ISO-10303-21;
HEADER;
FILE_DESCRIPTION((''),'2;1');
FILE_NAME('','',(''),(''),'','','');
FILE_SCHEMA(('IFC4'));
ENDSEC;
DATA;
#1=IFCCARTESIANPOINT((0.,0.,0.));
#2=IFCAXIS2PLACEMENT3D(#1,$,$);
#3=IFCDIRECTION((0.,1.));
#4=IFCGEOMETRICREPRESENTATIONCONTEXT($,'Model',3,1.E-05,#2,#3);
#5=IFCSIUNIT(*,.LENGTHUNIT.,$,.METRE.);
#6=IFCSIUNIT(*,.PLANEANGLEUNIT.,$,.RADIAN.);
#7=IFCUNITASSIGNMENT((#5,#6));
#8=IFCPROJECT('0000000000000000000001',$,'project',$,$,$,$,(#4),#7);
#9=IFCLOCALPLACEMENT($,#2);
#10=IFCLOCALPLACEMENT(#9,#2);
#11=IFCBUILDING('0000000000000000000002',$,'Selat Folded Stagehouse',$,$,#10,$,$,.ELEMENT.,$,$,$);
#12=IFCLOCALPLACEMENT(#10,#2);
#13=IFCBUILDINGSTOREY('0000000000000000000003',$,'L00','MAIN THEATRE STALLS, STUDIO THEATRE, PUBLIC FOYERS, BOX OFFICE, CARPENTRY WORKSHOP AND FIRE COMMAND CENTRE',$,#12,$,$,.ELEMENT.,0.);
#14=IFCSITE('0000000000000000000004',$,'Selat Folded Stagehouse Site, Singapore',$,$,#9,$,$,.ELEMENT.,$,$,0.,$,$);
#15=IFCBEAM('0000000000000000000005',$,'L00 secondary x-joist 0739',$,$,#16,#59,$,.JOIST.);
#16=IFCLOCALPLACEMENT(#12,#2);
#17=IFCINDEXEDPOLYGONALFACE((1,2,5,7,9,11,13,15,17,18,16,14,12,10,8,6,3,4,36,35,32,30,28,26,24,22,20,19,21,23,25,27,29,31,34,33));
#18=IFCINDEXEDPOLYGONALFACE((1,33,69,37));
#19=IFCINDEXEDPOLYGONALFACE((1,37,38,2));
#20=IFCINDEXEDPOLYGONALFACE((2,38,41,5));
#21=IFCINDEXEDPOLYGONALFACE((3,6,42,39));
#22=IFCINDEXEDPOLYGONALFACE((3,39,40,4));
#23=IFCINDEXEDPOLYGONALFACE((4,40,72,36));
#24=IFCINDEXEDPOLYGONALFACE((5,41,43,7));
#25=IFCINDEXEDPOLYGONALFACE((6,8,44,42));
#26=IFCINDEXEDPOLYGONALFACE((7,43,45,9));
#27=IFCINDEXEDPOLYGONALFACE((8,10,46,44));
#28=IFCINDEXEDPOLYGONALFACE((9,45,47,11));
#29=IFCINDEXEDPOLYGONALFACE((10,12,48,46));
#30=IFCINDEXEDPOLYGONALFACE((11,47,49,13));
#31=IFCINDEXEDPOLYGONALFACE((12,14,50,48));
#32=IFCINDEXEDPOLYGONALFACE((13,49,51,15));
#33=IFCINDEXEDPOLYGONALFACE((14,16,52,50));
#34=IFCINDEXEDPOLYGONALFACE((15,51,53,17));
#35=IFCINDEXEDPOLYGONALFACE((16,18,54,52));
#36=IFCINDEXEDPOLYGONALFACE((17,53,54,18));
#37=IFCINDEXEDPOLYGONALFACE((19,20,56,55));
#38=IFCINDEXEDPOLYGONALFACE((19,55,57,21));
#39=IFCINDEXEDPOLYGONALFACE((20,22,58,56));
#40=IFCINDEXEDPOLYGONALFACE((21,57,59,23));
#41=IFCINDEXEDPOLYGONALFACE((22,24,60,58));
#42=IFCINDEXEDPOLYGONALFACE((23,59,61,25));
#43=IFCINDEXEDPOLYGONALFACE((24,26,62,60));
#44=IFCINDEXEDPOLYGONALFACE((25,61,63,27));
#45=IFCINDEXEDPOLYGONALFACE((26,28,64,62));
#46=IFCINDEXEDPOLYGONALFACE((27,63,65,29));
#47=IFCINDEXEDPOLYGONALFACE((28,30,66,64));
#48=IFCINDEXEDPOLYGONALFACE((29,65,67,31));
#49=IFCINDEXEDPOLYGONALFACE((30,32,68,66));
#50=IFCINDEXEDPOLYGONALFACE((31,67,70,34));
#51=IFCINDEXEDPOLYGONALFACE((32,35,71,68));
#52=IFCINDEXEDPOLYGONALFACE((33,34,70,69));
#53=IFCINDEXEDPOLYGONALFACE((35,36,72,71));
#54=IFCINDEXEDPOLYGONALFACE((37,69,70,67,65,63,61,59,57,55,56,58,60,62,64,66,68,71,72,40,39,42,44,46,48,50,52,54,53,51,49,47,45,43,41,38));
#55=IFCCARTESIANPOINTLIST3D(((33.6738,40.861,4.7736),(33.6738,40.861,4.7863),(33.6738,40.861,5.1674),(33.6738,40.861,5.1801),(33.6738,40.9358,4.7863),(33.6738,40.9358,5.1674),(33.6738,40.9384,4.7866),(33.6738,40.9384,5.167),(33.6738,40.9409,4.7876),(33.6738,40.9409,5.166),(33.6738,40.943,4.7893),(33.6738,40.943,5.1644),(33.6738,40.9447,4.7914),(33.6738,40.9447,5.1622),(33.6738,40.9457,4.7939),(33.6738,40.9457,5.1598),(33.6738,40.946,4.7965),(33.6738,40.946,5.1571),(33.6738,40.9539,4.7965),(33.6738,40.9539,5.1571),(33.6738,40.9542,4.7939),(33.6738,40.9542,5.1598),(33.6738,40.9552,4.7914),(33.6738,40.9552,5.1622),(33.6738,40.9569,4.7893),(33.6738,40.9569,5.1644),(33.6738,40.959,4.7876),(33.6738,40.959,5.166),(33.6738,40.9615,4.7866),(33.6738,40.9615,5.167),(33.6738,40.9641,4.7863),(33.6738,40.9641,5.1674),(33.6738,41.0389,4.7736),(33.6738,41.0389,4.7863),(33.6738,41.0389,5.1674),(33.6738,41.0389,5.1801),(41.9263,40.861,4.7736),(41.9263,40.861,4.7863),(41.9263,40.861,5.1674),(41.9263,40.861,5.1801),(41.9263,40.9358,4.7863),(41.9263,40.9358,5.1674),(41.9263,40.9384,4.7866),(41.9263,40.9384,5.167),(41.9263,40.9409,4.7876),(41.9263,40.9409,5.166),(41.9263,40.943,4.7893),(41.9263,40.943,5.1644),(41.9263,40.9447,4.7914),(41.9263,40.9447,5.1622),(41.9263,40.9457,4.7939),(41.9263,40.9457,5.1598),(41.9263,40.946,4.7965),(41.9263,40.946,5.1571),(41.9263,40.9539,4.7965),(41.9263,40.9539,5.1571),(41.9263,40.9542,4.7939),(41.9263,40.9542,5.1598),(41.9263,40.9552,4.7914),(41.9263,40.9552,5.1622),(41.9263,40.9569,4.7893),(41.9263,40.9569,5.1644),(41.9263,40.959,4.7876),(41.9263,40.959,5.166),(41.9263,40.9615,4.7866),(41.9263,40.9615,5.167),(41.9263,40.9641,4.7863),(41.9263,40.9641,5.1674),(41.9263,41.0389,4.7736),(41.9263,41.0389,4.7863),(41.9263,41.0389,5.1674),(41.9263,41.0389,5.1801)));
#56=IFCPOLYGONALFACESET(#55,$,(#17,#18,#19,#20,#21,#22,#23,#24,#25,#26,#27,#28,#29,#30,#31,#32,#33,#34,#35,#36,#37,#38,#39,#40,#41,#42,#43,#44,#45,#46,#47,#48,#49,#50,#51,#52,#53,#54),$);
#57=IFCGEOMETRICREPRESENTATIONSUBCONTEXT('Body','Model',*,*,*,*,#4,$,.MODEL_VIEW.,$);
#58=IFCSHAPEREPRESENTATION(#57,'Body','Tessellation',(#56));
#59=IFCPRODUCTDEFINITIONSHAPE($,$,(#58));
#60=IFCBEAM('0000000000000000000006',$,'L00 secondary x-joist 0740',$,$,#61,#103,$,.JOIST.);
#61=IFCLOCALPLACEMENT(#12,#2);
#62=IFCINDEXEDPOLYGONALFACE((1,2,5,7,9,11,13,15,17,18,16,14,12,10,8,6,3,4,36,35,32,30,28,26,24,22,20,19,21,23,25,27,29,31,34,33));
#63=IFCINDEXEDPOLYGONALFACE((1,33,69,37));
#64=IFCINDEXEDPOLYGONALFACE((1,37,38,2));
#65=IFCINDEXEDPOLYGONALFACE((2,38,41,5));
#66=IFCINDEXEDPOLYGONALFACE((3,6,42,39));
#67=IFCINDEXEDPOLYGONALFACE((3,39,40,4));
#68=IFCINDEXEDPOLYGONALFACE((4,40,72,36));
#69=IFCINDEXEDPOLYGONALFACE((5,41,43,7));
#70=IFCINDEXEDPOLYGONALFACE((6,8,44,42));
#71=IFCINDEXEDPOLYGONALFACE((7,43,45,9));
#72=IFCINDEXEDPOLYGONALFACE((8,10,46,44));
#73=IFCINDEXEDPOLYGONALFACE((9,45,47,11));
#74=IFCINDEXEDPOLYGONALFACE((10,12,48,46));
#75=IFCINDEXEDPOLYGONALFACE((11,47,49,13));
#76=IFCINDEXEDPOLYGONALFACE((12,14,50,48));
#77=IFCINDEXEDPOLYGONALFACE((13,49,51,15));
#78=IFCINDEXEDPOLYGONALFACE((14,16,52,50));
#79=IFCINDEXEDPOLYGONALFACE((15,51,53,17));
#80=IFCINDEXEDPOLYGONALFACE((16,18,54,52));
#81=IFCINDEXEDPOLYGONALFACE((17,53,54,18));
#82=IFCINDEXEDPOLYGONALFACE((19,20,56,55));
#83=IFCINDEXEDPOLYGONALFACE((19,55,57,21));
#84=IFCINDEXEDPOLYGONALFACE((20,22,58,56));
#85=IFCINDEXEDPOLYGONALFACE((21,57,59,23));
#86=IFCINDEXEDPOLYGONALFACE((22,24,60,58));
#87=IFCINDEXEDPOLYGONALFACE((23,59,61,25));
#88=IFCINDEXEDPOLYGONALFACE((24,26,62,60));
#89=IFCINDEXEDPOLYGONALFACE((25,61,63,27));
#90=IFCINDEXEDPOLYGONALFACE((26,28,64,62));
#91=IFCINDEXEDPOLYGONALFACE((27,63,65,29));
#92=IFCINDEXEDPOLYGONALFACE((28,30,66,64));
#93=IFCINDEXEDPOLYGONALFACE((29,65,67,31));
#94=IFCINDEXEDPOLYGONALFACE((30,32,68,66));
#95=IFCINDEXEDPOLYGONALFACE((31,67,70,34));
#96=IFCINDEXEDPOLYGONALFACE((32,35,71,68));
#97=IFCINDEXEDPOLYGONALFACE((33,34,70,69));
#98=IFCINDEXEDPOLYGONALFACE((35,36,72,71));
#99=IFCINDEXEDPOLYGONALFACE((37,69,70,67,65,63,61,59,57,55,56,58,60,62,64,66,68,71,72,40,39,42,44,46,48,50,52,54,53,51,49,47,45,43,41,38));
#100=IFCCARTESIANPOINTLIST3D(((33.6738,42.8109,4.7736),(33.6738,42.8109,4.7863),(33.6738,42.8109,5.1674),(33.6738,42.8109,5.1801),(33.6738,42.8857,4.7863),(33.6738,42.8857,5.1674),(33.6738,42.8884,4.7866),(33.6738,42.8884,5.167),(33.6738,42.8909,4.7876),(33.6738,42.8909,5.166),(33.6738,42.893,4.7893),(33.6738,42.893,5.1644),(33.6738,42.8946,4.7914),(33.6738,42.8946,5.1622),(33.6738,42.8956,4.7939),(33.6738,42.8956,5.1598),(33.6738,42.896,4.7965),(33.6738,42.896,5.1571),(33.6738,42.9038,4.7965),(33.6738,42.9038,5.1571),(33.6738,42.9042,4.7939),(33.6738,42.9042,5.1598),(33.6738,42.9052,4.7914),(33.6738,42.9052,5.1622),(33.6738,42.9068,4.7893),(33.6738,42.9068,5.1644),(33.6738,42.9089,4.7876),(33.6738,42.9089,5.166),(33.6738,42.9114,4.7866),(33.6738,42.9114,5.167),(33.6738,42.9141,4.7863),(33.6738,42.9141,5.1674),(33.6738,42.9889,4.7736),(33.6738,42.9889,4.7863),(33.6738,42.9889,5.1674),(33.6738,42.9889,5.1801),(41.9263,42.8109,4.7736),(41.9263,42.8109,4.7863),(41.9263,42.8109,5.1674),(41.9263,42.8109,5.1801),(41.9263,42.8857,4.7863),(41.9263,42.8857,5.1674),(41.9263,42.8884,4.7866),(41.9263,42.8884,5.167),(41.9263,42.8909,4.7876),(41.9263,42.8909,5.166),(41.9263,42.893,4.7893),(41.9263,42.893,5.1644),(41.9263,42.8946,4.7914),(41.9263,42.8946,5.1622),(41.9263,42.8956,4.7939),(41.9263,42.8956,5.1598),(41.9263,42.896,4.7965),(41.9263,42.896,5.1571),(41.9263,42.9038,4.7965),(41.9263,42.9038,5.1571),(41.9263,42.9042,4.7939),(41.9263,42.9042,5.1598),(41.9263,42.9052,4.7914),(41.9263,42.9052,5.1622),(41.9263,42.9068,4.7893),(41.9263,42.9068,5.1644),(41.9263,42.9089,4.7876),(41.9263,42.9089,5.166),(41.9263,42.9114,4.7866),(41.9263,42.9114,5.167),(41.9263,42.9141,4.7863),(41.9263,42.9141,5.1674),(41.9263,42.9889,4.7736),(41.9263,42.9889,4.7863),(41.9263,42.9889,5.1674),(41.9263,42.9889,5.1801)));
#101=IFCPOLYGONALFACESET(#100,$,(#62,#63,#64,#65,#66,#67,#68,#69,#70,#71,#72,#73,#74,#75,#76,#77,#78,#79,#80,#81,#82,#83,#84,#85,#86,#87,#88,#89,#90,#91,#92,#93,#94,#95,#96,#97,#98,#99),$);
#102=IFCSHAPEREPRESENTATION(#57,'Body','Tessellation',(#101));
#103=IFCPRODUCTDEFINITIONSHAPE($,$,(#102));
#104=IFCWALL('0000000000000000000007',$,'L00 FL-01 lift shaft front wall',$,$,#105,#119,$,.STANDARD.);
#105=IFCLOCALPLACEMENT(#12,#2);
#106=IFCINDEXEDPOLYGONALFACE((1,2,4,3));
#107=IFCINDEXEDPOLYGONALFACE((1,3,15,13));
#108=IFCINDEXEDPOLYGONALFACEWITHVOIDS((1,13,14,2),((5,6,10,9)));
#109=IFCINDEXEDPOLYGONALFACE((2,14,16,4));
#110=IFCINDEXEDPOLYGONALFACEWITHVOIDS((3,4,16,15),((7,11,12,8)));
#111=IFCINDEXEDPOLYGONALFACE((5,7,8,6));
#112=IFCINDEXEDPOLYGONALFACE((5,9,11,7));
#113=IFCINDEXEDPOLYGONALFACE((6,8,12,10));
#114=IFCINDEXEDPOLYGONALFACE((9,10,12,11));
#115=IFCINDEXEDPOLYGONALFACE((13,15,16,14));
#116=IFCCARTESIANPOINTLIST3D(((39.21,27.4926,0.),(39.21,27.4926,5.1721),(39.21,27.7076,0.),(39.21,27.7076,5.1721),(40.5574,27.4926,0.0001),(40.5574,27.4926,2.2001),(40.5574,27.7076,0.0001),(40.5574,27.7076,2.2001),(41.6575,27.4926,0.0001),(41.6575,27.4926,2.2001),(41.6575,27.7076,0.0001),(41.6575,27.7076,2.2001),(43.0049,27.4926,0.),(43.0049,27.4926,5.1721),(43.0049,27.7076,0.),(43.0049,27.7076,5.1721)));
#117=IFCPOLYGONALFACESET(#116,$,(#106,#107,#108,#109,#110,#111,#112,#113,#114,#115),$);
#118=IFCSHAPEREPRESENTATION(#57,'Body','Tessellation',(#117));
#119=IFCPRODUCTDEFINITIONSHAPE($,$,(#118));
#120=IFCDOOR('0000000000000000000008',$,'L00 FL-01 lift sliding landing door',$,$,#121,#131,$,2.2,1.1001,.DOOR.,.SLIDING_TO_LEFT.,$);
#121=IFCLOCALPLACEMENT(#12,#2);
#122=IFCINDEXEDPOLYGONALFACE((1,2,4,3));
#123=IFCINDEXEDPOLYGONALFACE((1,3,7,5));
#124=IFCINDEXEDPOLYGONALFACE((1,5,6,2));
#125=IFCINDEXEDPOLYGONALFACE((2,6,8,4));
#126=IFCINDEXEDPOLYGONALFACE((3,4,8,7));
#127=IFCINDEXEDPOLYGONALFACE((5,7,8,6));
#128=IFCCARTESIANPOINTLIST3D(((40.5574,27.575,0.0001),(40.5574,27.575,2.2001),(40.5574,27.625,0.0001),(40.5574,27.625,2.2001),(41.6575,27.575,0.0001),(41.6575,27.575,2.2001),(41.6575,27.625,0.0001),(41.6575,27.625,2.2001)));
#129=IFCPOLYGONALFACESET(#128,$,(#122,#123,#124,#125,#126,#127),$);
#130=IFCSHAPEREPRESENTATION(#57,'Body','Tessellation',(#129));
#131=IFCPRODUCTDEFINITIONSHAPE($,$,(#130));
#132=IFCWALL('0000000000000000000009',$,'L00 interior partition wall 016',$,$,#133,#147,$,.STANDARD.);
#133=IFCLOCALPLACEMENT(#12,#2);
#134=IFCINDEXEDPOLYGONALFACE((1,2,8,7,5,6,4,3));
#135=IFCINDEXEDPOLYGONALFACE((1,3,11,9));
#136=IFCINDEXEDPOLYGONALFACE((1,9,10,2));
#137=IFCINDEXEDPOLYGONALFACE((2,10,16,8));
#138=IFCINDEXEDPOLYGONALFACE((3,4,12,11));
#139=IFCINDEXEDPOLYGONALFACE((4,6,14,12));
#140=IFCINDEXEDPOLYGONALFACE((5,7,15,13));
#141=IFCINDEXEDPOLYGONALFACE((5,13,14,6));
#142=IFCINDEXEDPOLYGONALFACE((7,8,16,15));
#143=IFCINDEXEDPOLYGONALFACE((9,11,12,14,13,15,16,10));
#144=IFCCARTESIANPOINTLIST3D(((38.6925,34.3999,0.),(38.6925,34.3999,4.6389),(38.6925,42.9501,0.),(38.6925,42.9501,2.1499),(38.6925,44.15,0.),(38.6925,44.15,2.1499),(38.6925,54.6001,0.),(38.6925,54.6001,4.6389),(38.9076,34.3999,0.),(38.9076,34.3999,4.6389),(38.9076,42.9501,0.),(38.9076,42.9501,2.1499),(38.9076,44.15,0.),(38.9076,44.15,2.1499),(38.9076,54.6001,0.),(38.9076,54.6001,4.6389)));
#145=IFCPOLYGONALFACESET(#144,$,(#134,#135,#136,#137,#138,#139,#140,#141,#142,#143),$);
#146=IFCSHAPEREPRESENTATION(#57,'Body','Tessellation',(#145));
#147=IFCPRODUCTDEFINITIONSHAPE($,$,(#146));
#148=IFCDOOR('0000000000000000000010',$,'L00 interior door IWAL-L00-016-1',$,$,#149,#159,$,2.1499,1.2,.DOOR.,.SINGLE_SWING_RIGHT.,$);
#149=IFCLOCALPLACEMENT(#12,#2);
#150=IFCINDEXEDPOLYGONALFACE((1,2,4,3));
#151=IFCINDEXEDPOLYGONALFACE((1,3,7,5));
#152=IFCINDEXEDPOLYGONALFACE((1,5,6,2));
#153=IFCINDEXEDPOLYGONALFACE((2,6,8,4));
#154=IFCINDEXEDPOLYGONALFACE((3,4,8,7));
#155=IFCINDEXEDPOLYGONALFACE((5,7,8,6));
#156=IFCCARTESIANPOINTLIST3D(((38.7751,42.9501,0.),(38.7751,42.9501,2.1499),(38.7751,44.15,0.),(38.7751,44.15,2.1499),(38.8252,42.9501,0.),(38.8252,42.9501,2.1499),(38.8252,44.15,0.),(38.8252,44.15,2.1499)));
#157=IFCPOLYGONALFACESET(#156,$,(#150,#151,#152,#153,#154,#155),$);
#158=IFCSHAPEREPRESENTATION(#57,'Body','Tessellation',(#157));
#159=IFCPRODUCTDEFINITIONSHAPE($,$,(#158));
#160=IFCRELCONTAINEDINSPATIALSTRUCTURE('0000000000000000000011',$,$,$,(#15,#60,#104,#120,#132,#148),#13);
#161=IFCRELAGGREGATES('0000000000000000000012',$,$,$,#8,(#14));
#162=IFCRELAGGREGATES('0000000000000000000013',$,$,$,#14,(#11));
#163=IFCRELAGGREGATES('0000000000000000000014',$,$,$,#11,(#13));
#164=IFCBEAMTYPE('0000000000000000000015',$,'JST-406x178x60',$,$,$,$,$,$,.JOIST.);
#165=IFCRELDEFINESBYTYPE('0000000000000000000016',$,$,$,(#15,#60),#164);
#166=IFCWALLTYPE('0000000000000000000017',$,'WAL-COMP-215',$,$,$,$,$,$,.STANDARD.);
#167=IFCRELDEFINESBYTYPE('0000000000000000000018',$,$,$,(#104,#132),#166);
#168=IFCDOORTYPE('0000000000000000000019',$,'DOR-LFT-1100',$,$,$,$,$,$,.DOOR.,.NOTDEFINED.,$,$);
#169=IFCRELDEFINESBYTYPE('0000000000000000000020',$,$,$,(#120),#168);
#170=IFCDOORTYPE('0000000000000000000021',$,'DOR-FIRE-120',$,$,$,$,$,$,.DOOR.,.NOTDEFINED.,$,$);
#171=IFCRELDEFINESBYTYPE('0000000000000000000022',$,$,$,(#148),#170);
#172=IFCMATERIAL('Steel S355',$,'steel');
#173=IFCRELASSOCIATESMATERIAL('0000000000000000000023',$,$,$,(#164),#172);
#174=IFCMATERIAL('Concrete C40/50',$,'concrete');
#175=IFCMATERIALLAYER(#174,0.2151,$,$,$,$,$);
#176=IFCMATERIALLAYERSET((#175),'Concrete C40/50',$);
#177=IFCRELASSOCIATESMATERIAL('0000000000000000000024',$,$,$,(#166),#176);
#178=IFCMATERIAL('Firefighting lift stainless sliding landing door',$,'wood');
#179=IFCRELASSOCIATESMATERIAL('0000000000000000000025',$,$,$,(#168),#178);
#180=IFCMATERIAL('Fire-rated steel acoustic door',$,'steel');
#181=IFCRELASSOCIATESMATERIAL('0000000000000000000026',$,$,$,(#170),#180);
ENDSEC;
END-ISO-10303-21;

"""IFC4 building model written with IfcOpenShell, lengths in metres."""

from ifc_helpers import new_model, si_unit, direction, frame, frame_2d, origin, origin_2d, place, context, subcontext, project, spatial, rectangle, i_section, extrude, material, layer, layer_set, material_profile, profile_set, type_object, element, fill, save


model = new_model("IFC4")

# Units and contexts
model_context = context("Model", 3, precision=1e-05, world=origin(), true_north=direction((0.0, 1.0)))
body_context = subcontext(model_context, "Body", "Model", "MODEL_VIEW")
ifc_project = project(units=[si_unit("LENGTHUNIT", "METRE"), si_unit("PLANEANGLEUNIT", "RADIAN")], contexts=[model_context])

# Site, building, storey
site_placement = place(None, origin())
site = spatial("IfcSite", under=ifc_project, at=site_placement, Name="Selat Folded Stagehouse Site, Singapore", CompositionType="ELEMENT", RefElevation=0.0)
building_placement = place(site_placement, origin())
building = spatial("IfcBuilding", under=site, at=building_placement, Name="Selat Folded Stagehouse", CompositionType="ELEMENT")
storey_placement = place(building_placement, origin())
storey = spatial("IfcBuildingStorey", under=building, at=storey_placement, Name="L00", Description="MAIN THEATRE STALLS, STUDIO THEATRE, PUBLIC FOYERS, BOX OFFICE, CARPENTRY WORKSHOP AND FIRE COMMAND CENTRE", CompositionType="ELEMENT", Elevation=0.0)

# Shared definitions
ifc_material_1 = material(Name="Steel S355", Category="steel")

# Beams
ifc_material_profile_1 = material_profile(ifc_material_1, i_section(OverallWidth=0.178, OverallDepth=0.4065, WebThickness=0.0078, FlangeThickness=0.0127, FilletRadius=0.0103, at=origin_2d()), Name="UKB 406x178x60")
ifc_profile_set_1 = profile_set([ifc_material_profile_1], Name="Steel S355")
beam_type_1 = type_object("IfcBeamType", Name="JST-406x178x60", PredefinedType="JOIST", material=ifc_profile_set_1)
for number, where, z_axis, x_axis, name in (
    (1, (33.6738, 40.95, 4.9768), (1.0, 0.0, 0.0), (0.0, 1.0, 0.0), "L00 secondary x-joist 0739"),
    (2, (33.6738, 42.8999, 4.9768), (1.0, 0.0, 0.0), (0.0, 1.0, 0.0), "L00 secondary x-joist 0740"),
):
    element("IfcBeam", number, at=place(storey_placement, frame(where, z_axis=z_axis, x_axis=x_axis)), inside=storey, type_object=beam_type_1, Name=name, PredefinedType="JOIST", context=body_context, shape_type="SweptSolid", body=[
        extrude(i_section(OverallWidth=0.178, OverallDepth=0.4065, WebThickness=0.0078, FlangeThickness=0.0127, FilletRadius=0.0103, at=origin_2d()), origin(), (0.0, 0.0, 1.0), 8.2524),
    ])

# Walls, openings, doors
ifc_material_2 = material(Name="Concrete C40/50", Category="concrete")
ifc_layer_1 = layer(ifc_material_2, 0.2151)
ifc_layer_set_1 = layer_set([ifc_layer_1], Name="Concrete C40/50")
wall_type_1 = type_object("IfcWallType", Name="WAL-COMP-215", PredefinedType="STANDARD", material=ifc_layer_set_1)
wall_1_placement = place(storey_placement, frame((39.21, 27.6001, 0.0), z_axis=(0.0, 0.0, 1.0), x_axis=(1.0, 0.0, 0.0)))
wall_1 = element("IfcWall", 3, at=wall_1_placement, inside=storey, type_object=wall_type_1, Name="L00 FL-01 lift shaft front wall", PredefinedType="STANDARD", context=body_context, shape_type="SweptSolid", body=[
    extrude(rectangle(XDim=3.7949, YDim=0.2151, at=frame_2d((1.8975, 0.0))), origin(), (0.0, 0.0, 1.0), 5.1721),
])
opening_1_placement = place(wall_1_placement, frame((1.3474, 0.0, 0.0)))
opening_1 = element("IfcOpeningElement", 4, at=opening_1_placement, cuts=wall_1, PredefinedType="OPENING", context=body_context, shape_type="SweptSolid", body=[
    extrude(rectangle(XDim=1.1001, YDim=2.2, at=frame_2d((0.55, 1.1001))), frame((0.0, 0.1174, 0.0), z_axis=(0.0, -1.0, 0.0), x_axis=(1.0, 0.0, 0.0)), (0.0, 0.0, 1.0), 0.2351),
])
ifc_material_3 = material(Name="Firefighting lift stainless sliding landing door", Category="wood")
door_type_1 = type_object("IfcDoorType", Name="DOR-LFT-1100", OperationType="NOTDEFINED", PredefinedType="DOOR", material=ifc_material_3)
door_1_placement = place(opening_1_placement, origin())
door_1 = element("IfcDoor", 5, at=door_1_placement, inside=storey, type_object=door_type_1, Name="L00 FL-01 lift sliding landing door", OperationType="SLIDING_TO_LEFT", OverallHeight=2.2, OverallWidth=1.1001, PredefinedType="DOOR", context=body_context, shape_type="SweptSolid", body=[
    extrude(rectangle(XDim=1.1001, YDim=2.2, at=frame_2d((0.55, 1.1001))), frame((0.0, 0.0249, 0.0), z_axis=(0.0, -1.0, 0.0), x_axis=(1.0, 0.0, 0.0)), (0.0, 0.0, 1.0), 0.05),
])
fill(opening_1, door_1)
wall_2_placement = place(storey_placement, frame((38.8, 34.3999, 0.0), z_axis=(0.0, 0.0, 1.0), x_axis=(0.0, 1.0, 0.0)))
wall_2 = element("IfcWall", 6, at=wall_2_placement, inside=storey, type_object=wall_type_1, Name="L00 interior partition wall 016", PredefinedType="STANDARD", context=body_context, shape_type="SweptSolid", body=[
    extrude(rectangle(XDim=20.2002, YDim=0.2151, at=frame_2d((10.1001, 0.0))), origin(), (0.0, 0.0, 1.0), 4.6389),
])
opening_2_placement = place(wall_2_placement, frame((8.55, 0.0, 0.0)))
opening_2 = element("IfcOpeningElement", 7, at=opening_2_placement, cuts=wall_2, PredefinedType="OPENING", context=body_context, shape_type="SweptSolid", body=[
    extrude(rectangle(XDim=1.2, YDim=2.1499, at=frame_2d((0.6001, 1.075))), frame((0.0, 0.1174, 0.0), z_axis=(0.0, -1.0, 0.0), x_axis=(1.0, 0.0, 0.0)), (0.0, 0.0, 1.0), 0.2351),
])
ifc_material_4 = material(Name="Fire-rated steel acoustic door", Category="steel")
door_type_2 = type_object("IfcDoorType", Name="DOR-FIRE-120", OperationType="NOTDEFINED", PredefinedType="DOOR", material=ifc_material_4)
door_2_placement = place(opening_2_placement, origin())
door_2 = element("IfcDoor", 8, at=door_2_placement, inside=storey, type_object=door_type_2, Name="L00 interior door IWAL-L00-016-1", OperationType="SINGLE_SWING_RIGHT", OverallHeight=2.1499, OverallWidth=1.2, PredefinedType="DOOR", context=body_context, shape_type="SweptSolid", body=[
    extrude(rectangle(XDim=1.2, YDim=2.1499, at=frame_2d((0.6001, 1.075))), frame((0.0, 0.0249, 0.0), z_axis=(0.0, -1.0, 0.0), x_axis=(1.0, 0.0, 0.0)), (0.0, 0.0, 1.0), 0.05),
])
fill(opening_2, door_2)

save(model, "model.ifc")
